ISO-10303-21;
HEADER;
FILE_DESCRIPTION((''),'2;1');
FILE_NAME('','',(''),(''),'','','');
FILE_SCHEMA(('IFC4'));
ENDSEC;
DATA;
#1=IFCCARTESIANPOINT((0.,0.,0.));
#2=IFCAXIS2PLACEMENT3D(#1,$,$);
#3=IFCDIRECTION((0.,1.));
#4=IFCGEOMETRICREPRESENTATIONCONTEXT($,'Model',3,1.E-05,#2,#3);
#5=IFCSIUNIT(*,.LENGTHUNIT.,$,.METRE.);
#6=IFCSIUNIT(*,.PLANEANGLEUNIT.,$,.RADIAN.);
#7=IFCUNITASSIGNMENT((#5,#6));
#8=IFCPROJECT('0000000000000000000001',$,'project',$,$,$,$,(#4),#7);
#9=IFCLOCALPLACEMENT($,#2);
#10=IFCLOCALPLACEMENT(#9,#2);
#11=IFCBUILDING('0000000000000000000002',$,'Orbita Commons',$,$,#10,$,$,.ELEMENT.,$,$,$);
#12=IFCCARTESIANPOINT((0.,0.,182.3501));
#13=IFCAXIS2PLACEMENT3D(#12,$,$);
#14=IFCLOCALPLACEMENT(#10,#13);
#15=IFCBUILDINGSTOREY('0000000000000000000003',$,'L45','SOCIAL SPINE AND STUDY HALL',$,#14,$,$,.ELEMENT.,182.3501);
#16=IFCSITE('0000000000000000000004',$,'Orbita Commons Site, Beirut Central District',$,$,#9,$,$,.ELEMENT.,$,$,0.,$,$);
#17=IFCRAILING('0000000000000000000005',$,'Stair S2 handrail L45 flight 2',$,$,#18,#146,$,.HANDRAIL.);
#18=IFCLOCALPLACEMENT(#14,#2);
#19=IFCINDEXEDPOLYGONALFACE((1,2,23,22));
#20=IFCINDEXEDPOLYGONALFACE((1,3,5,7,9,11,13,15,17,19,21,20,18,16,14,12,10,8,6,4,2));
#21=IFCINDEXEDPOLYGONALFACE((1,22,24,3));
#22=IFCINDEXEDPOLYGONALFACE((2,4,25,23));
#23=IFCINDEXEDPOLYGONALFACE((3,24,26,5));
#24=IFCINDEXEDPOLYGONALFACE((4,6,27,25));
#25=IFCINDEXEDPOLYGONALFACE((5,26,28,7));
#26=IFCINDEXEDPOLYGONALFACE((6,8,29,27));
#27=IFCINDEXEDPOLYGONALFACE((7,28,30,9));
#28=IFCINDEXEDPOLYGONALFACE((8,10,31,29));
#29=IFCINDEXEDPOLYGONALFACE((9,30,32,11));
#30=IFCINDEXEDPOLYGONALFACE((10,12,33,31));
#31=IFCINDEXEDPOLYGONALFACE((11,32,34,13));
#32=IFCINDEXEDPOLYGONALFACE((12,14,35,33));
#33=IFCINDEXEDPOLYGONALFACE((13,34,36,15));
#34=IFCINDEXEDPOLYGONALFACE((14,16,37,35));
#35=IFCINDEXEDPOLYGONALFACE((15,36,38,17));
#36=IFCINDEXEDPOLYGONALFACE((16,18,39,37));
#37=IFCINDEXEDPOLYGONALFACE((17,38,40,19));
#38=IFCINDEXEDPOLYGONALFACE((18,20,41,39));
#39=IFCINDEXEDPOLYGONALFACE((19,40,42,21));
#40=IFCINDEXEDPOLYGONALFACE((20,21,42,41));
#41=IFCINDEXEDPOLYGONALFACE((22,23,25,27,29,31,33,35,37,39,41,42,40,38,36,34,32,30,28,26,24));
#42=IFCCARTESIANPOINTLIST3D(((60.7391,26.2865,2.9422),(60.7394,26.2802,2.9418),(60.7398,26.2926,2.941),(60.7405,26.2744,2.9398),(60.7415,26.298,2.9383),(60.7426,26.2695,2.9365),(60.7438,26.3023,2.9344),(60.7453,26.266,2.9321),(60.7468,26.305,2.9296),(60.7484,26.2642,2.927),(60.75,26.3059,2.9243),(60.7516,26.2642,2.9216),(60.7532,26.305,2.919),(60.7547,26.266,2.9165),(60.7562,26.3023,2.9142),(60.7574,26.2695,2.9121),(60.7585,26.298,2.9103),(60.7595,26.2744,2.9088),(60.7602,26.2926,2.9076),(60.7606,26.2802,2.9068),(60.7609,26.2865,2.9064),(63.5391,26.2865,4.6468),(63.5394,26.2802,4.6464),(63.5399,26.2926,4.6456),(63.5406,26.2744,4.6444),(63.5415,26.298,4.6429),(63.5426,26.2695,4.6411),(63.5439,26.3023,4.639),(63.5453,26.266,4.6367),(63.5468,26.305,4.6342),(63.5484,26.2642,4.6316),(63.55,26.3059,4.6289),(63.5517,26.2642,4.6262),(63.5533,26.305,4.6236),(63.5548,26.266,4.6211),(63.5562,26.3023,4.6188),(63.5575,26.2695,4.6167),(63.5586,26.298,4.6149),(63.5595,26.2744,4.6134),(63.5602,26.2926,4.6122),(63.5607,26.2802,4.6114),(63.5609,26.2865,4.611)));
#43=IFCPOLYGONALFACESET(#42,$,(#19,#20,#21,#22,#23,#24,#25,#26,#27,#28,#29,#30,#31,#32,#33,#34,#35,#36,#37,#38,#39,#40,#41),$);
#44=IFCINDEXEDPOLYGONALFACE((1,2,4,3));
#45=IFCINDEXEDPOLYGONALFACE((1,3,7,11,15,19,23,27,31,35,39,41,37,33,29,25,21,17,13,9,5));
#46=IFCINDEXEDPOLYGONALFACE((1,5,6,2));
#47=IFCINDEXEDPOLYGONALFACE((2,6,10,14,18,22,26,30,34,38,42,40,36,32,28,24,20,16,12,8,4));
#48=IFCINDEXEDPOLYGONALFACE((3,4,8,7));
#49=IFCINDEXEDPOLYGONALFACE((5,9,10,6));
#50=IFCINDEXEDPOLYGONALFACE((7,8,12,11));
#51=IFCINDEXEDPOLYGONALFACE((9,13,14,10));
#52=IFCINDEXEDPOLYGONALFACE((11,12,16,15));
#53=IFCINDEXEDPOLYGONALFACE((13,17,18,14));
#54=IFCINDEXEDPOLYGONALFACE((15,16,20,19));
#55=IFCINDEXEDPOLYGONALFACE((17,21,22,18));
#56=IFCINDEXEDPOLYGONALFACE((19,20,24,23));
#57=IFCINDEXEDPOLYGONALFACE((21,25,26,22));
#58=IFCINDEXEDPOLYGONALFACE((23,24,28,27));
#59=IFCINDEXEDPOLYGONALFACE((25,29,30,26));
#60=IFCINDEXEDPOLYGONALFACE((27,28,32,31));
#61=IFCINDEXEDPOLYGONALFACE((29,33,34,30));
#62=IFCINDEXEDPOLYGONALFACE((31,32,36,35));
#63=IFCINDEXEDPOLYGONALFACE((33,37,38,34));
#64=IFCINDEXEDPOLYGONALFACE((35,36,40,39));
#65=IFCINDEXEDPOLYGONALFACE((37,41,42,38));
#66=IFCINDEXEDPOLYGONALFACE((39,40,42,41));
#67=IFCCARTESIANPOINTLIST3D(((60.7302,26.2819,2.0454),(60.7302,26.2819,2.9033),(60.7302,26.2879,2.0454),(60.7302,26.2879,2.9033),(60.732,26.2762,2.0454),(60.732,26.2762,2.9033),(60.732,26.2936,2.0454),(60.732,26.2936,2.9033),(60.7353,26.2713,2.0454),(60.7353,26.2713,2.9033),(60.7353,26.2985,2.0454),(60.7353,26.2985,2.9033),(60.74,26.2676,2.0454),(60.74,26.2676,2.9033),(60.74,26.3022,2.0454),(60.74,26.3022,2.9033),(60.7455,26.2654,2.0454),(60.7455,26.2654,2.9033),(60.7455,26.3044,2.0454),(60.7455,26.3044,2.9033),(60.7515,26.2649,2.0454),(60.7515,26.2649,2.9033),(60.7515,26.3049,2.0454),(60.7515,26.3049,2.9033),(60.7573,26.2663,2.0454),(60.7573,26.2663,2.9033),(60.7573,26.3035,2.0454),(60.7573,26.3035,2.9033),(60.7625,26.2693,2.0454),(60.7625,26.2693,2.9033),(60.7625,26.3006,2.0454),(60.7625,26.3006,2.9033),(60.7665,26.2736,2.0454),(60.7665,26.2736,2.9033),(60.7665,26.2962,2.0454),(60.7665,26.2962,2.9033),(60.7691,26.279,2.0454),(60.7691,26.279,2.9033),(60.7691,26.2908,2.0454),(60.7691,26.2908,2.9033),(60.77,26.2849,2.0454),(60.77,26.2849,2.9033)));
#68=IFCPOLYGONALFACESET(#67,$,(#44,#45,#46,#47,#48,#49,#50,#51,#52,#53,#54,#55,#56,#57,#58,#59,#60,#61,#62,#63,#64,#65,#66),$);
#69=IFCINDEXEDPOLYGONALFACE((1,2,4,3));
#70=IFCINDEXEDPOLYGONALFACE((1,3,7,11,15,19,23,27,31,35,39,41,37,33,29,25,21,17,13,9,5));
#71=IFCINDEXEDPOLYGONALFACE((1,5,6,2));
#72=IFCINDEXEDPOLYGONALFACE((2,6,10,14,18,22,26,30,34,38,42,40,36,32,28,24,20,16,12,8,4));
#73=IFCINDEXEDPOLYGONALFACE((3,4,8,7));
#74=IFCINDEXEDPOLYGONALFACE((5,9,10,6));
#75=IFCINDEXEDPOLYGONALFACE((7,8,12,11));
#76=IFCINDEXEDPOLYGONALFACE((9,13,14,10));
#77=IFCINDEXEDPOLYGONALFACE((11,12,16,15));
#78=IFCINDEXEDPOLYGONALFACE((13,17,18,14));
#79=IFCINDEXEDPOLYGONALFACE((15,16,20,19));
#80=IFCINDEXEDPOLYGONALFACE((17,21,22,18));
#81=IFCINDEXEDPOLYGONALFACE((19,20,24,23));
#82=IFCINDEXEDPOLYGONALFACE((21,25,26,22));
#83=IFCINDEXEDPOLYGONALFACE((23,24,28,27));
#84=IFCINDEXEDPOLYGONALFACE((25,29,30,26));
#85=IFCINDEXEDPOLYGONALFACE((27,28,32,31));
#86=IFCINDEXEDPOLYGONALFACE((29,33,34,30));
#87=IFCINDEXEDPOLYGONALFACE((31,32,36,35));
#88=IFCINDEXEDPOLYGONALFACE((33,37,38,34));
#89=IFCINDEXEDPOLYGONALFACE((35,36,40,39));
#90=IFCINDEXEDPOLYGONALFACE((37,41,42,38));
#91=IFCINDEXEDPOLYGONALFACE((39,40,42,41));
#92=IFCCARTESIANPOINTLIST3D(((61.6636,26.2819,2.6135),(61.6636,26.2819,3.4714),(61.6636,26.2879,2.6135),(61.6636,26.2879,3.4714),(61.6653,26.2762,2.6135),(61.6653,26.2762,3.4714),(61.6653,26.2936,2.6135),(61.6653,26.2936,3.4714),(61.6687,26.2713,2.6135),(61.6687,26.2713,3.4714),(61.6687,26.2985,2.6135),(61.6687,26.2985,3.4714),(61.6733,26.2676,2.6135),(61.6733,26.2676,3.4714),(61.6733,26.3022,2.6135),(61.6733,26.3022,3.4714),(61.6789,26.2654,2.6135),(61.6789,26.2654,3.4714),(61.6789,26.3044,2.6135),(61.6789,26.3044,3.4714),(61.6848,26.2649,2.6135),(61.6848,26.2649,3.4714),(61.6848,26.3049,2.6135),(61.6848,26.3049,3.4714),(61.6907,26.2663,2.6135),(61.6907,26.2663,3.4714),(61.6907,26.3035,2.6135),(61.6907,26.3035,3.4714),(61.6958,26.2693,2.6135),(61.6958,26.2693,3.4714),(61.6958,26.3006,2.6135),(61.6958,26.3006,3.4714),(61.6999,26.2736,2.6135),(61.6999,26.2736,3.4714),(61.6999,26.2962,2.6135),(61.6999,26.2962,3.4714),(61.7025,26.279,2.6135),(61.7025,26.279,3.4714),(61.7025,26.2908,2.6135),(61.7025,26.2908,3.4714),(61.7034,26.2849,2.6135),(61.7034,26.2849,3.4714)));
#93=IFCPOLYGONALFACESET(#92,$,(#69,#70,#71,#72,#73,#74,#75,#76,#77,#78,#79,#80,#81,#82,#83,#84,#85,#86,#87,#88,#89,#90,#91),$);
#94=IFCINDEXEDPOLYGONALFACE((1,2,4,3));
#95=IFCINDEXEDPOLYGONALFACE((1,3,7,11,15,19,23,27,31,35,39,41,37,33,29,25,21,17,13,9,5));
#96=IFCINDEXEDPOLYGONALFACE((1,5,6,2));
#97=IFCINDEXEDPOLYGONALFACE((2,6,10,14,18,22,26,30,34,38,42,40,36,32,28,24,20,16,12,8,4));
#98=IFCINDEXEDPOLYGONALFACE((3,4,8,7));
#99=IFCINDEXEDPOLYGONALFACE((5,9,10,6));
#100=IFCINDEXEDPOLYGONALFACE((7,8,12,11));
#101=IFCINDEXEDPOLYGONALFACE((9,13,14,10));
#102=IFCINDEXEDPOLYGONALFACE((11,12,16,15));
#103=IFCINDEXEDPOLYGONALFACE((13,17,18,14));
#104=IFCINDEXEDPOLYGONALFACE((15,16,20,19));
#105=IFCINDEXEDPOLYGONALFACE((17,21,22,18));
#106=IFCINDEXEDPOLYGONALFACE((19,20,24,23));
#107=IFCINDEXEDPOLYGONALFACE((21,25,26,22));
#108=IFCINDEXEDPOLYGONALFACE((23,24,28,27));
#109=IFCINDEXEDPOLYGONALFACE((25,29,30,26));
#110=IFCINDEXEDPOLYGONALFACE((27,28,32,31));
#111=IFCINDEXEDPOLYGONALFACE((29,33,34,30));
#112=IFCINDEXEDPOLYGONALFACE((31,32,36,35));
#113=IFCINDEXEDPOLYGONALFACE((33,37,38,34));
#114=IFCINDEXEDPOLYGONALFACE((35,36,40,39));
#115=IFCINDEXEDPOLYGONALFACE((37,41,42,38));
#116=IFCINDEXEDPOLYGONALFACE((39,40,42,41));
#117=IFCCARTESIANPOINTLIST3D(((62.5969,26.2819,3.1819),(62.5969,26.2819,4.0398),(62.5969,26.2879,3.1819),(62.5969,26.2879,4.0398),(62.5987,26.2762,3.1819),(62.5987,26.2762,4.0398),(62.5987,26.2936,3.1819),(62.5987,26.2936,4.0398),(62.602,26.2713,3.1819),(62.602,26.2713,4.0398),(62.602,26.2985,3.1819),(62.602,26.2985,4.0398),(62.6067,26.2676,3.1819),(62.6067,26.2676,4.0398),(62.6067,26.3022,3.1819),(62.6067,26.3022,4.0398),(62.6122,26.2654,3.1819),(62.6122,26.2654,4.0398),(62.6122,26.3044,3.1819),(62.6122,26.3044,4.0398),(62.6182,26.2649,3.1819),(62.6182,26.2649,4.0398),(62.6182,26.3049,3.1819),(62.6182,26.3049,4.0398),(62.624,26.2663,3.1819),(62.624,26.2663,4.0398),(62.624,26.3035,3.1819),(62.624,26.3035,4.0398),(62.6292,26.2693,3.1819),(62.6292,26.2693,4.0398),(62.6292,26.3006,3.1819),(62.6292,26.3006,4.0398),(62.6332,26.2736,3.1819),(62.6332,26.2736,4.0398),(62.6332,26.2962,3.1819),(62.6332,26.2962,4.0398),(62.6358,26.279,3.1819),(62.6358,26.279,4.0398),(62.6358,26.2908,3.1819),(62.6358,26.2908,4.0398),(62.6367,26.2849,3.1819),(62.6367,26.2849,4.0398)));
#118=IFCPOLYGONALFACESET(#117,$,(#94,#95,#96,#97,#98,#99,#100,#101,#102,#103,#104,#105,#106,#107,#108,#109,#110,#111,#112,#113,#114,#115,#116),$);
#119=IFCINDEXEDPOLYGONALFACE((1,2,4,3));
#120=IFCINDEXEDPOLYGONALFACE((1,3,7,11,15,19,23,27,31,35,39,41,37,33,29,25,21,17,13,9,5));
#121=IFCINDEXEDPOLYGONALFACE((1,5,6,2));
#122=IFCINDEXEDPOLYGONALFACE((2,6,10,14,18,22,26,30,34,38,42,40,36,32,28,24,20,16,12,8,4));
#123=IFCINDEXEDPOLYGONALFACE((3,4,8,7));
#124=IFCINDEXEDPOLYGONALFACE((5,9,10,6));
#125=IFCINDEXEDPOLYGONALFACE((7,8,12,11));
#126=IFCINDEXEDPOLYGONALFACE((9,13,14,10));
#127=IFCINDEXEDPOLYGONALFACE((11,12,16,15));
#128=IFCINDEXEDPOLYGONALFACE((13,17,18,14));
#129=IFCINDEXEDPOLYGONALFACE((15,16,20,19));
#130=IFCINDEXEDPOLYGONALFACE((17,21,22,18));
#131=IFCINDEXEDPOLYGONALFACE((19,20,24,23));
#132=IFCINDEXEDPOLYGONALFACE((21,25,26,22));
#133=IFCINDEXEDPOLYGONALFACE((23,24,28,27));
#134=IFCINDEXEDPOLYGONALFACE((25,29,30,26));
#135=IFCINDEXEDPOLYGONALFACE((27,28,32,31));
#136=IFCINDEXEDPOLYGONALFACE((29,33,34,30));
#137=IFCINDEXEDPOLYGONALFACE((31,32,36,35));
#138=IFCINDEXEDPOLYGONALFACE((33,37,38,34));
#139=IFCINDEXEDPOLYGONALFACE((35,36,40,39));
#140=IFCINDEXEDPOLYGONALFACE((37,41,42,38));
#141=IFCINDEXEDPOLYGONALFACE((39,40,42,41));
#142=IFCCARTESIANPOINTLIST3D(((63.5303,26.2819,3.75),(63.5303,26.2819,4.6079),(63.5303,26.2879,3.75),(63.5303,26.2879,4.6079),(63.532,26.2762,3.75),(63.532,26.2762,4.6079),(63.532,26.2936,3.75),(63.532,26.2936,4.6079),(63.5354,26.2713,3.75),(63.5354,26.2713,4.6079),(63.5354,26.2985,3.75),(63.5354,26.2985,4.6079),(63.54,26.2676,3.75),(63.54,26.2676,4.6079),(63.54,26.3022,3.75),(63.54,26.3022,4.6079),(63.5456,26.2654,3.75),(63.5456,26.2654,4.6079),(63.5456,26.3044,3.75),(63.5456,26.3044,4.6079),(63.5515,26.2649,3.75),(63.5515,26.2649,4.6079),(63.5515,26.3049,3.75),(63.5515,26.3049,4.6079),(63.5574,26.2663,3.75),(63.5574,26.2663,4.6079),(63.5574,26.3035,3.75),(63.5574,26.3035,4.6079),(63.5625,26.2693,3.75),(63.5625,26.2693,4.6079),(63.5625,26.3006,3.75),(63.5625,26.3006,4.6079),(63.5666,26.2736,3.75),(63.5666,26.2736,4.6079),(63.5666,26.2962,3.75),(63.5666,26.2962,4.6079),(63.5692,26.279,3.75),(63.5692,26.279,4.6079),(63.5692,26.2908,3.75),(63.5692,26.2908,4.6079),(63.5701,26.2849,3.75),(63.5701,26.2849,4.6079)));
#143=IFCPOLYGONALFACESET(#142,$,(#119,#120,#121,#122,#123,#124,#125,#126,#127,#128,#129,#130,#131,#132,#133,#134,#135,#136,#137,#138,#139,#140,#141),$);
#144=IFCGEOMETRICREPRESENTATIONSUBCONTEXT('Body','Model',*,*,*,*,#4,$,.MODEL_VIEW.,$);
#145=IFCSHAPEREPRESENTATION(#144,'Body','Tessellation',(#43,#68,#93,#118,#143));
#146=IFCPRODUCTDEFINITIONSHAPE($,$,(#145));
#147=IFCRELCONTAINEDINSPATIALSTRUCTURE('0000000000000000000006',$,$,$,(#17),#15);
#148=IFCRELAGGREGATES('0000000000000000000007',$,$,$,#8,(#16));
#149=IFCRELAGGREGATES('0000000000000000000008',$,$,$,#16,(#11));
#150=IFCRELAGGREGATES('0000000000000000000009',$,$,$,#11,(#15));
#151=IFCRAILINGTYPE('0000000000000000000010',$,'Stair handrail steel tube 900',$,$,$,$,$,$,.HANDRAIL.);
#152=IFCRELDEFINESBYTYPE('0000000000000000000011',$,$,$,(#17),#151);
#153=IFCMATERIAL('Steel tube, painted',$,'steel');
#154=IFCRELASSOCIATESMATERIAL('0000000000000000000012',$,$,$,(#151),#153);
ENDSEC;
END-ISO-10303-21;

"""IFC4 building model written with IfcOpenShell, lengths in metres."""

from ifc_helpers import new_model, si_unit, direction, frame, origin, origin_2d, place, context, subcontext, project, spatial, circle, extrude, material, type_object, element, save


model = new_model("IFC4")

# Units and contexts
model_context = context("Model", 3, precision=1e-05, world=origin(), true_north=direction((0.0, 1.0)))
body_context = subcontext(model_context, "Body", "Model", "MODEL_VIEW")
ifc_project = project(units=[si_unit("LENGTHUNIT", "METRE"), si_unit("PLANEANGLEUNIT", "RADIAN")], contexts=[model_context])

# Site, building, storey
site_placement = place(None, origin())
site = spatial("IfcSite", under=ifc_project, at=site_placement, Name="Orbita Commons Site, Beirut Central District", CompositionType="ELEMENT", RefElevation=0.0)
building_placement = place(site_placement, origin())
building = spatial("IfcBuilding", under=site, at=building_placement, Name="Orbita Commons", CompositionType="ELEMENT")
storey_placement = place(building_placement, frame((0.0, 0.0, 182.3501)))
storey = spatial("IfcBuildingStorey", under=building, at=storey_placement, Name="L45", Description="SOCIAL SPINE AND STUDY HALL", CompositionType="ELEMENT", Elevation=182.3501)

# Railing
ifc_material_1 = material(Name="Steel tube, painted", Category="steel")
railing_type = type_object("IfcRailingType", Name="Stair handrail steel tube 900", PredefinedType="HANDRAIL", material=ifc_material_1)
for number, where, name in (
    (1, (60.75, 26.2849, 2.0454), "Stair S2 handrail L45 flight 2"),
):
    element("IfcRailing", number, at=place(storey_placement, frame(where)), inside=storey, type_object=railing_type, Name=name, PredefinedType="HANDRAIL", context=body_context, shape_type="SweptSolid", body=[
        extrude(circle(Radius=0.021, at=origin_2d()), frame((0.0, 0.0, 0.8789), z_axis=(0.85417, 0.0, 0.519994), x_axis=(0.0, 1.0, 0.0)), (0.0, 0.0, 1.0), 3.2781),
        extrude(circle(Radius=0.02, at=origin_2d()), origin(), (0.0, 0.0, 1.0), 0.8579),
        extrude(circle(Radius=0.02, at=origin_2d()), frame((0.9333, 0.0, 0.5681)), (0.0, 0.0, 1.0), 0.8579),
        extrude(circle(Radius=0.02, at=origin_2d()), frame((1.8667, 0.0, 1.1365)), (0.0, 0.0, 1.0), 0.8579),
        extrude(circle(Radius=0.02, at=origin_2d()), frame((2.8, 0.0, 1.7046)), (0.0, 0.0, 1.0), 0.8579),
    ])

save(model, "model.ifc")
